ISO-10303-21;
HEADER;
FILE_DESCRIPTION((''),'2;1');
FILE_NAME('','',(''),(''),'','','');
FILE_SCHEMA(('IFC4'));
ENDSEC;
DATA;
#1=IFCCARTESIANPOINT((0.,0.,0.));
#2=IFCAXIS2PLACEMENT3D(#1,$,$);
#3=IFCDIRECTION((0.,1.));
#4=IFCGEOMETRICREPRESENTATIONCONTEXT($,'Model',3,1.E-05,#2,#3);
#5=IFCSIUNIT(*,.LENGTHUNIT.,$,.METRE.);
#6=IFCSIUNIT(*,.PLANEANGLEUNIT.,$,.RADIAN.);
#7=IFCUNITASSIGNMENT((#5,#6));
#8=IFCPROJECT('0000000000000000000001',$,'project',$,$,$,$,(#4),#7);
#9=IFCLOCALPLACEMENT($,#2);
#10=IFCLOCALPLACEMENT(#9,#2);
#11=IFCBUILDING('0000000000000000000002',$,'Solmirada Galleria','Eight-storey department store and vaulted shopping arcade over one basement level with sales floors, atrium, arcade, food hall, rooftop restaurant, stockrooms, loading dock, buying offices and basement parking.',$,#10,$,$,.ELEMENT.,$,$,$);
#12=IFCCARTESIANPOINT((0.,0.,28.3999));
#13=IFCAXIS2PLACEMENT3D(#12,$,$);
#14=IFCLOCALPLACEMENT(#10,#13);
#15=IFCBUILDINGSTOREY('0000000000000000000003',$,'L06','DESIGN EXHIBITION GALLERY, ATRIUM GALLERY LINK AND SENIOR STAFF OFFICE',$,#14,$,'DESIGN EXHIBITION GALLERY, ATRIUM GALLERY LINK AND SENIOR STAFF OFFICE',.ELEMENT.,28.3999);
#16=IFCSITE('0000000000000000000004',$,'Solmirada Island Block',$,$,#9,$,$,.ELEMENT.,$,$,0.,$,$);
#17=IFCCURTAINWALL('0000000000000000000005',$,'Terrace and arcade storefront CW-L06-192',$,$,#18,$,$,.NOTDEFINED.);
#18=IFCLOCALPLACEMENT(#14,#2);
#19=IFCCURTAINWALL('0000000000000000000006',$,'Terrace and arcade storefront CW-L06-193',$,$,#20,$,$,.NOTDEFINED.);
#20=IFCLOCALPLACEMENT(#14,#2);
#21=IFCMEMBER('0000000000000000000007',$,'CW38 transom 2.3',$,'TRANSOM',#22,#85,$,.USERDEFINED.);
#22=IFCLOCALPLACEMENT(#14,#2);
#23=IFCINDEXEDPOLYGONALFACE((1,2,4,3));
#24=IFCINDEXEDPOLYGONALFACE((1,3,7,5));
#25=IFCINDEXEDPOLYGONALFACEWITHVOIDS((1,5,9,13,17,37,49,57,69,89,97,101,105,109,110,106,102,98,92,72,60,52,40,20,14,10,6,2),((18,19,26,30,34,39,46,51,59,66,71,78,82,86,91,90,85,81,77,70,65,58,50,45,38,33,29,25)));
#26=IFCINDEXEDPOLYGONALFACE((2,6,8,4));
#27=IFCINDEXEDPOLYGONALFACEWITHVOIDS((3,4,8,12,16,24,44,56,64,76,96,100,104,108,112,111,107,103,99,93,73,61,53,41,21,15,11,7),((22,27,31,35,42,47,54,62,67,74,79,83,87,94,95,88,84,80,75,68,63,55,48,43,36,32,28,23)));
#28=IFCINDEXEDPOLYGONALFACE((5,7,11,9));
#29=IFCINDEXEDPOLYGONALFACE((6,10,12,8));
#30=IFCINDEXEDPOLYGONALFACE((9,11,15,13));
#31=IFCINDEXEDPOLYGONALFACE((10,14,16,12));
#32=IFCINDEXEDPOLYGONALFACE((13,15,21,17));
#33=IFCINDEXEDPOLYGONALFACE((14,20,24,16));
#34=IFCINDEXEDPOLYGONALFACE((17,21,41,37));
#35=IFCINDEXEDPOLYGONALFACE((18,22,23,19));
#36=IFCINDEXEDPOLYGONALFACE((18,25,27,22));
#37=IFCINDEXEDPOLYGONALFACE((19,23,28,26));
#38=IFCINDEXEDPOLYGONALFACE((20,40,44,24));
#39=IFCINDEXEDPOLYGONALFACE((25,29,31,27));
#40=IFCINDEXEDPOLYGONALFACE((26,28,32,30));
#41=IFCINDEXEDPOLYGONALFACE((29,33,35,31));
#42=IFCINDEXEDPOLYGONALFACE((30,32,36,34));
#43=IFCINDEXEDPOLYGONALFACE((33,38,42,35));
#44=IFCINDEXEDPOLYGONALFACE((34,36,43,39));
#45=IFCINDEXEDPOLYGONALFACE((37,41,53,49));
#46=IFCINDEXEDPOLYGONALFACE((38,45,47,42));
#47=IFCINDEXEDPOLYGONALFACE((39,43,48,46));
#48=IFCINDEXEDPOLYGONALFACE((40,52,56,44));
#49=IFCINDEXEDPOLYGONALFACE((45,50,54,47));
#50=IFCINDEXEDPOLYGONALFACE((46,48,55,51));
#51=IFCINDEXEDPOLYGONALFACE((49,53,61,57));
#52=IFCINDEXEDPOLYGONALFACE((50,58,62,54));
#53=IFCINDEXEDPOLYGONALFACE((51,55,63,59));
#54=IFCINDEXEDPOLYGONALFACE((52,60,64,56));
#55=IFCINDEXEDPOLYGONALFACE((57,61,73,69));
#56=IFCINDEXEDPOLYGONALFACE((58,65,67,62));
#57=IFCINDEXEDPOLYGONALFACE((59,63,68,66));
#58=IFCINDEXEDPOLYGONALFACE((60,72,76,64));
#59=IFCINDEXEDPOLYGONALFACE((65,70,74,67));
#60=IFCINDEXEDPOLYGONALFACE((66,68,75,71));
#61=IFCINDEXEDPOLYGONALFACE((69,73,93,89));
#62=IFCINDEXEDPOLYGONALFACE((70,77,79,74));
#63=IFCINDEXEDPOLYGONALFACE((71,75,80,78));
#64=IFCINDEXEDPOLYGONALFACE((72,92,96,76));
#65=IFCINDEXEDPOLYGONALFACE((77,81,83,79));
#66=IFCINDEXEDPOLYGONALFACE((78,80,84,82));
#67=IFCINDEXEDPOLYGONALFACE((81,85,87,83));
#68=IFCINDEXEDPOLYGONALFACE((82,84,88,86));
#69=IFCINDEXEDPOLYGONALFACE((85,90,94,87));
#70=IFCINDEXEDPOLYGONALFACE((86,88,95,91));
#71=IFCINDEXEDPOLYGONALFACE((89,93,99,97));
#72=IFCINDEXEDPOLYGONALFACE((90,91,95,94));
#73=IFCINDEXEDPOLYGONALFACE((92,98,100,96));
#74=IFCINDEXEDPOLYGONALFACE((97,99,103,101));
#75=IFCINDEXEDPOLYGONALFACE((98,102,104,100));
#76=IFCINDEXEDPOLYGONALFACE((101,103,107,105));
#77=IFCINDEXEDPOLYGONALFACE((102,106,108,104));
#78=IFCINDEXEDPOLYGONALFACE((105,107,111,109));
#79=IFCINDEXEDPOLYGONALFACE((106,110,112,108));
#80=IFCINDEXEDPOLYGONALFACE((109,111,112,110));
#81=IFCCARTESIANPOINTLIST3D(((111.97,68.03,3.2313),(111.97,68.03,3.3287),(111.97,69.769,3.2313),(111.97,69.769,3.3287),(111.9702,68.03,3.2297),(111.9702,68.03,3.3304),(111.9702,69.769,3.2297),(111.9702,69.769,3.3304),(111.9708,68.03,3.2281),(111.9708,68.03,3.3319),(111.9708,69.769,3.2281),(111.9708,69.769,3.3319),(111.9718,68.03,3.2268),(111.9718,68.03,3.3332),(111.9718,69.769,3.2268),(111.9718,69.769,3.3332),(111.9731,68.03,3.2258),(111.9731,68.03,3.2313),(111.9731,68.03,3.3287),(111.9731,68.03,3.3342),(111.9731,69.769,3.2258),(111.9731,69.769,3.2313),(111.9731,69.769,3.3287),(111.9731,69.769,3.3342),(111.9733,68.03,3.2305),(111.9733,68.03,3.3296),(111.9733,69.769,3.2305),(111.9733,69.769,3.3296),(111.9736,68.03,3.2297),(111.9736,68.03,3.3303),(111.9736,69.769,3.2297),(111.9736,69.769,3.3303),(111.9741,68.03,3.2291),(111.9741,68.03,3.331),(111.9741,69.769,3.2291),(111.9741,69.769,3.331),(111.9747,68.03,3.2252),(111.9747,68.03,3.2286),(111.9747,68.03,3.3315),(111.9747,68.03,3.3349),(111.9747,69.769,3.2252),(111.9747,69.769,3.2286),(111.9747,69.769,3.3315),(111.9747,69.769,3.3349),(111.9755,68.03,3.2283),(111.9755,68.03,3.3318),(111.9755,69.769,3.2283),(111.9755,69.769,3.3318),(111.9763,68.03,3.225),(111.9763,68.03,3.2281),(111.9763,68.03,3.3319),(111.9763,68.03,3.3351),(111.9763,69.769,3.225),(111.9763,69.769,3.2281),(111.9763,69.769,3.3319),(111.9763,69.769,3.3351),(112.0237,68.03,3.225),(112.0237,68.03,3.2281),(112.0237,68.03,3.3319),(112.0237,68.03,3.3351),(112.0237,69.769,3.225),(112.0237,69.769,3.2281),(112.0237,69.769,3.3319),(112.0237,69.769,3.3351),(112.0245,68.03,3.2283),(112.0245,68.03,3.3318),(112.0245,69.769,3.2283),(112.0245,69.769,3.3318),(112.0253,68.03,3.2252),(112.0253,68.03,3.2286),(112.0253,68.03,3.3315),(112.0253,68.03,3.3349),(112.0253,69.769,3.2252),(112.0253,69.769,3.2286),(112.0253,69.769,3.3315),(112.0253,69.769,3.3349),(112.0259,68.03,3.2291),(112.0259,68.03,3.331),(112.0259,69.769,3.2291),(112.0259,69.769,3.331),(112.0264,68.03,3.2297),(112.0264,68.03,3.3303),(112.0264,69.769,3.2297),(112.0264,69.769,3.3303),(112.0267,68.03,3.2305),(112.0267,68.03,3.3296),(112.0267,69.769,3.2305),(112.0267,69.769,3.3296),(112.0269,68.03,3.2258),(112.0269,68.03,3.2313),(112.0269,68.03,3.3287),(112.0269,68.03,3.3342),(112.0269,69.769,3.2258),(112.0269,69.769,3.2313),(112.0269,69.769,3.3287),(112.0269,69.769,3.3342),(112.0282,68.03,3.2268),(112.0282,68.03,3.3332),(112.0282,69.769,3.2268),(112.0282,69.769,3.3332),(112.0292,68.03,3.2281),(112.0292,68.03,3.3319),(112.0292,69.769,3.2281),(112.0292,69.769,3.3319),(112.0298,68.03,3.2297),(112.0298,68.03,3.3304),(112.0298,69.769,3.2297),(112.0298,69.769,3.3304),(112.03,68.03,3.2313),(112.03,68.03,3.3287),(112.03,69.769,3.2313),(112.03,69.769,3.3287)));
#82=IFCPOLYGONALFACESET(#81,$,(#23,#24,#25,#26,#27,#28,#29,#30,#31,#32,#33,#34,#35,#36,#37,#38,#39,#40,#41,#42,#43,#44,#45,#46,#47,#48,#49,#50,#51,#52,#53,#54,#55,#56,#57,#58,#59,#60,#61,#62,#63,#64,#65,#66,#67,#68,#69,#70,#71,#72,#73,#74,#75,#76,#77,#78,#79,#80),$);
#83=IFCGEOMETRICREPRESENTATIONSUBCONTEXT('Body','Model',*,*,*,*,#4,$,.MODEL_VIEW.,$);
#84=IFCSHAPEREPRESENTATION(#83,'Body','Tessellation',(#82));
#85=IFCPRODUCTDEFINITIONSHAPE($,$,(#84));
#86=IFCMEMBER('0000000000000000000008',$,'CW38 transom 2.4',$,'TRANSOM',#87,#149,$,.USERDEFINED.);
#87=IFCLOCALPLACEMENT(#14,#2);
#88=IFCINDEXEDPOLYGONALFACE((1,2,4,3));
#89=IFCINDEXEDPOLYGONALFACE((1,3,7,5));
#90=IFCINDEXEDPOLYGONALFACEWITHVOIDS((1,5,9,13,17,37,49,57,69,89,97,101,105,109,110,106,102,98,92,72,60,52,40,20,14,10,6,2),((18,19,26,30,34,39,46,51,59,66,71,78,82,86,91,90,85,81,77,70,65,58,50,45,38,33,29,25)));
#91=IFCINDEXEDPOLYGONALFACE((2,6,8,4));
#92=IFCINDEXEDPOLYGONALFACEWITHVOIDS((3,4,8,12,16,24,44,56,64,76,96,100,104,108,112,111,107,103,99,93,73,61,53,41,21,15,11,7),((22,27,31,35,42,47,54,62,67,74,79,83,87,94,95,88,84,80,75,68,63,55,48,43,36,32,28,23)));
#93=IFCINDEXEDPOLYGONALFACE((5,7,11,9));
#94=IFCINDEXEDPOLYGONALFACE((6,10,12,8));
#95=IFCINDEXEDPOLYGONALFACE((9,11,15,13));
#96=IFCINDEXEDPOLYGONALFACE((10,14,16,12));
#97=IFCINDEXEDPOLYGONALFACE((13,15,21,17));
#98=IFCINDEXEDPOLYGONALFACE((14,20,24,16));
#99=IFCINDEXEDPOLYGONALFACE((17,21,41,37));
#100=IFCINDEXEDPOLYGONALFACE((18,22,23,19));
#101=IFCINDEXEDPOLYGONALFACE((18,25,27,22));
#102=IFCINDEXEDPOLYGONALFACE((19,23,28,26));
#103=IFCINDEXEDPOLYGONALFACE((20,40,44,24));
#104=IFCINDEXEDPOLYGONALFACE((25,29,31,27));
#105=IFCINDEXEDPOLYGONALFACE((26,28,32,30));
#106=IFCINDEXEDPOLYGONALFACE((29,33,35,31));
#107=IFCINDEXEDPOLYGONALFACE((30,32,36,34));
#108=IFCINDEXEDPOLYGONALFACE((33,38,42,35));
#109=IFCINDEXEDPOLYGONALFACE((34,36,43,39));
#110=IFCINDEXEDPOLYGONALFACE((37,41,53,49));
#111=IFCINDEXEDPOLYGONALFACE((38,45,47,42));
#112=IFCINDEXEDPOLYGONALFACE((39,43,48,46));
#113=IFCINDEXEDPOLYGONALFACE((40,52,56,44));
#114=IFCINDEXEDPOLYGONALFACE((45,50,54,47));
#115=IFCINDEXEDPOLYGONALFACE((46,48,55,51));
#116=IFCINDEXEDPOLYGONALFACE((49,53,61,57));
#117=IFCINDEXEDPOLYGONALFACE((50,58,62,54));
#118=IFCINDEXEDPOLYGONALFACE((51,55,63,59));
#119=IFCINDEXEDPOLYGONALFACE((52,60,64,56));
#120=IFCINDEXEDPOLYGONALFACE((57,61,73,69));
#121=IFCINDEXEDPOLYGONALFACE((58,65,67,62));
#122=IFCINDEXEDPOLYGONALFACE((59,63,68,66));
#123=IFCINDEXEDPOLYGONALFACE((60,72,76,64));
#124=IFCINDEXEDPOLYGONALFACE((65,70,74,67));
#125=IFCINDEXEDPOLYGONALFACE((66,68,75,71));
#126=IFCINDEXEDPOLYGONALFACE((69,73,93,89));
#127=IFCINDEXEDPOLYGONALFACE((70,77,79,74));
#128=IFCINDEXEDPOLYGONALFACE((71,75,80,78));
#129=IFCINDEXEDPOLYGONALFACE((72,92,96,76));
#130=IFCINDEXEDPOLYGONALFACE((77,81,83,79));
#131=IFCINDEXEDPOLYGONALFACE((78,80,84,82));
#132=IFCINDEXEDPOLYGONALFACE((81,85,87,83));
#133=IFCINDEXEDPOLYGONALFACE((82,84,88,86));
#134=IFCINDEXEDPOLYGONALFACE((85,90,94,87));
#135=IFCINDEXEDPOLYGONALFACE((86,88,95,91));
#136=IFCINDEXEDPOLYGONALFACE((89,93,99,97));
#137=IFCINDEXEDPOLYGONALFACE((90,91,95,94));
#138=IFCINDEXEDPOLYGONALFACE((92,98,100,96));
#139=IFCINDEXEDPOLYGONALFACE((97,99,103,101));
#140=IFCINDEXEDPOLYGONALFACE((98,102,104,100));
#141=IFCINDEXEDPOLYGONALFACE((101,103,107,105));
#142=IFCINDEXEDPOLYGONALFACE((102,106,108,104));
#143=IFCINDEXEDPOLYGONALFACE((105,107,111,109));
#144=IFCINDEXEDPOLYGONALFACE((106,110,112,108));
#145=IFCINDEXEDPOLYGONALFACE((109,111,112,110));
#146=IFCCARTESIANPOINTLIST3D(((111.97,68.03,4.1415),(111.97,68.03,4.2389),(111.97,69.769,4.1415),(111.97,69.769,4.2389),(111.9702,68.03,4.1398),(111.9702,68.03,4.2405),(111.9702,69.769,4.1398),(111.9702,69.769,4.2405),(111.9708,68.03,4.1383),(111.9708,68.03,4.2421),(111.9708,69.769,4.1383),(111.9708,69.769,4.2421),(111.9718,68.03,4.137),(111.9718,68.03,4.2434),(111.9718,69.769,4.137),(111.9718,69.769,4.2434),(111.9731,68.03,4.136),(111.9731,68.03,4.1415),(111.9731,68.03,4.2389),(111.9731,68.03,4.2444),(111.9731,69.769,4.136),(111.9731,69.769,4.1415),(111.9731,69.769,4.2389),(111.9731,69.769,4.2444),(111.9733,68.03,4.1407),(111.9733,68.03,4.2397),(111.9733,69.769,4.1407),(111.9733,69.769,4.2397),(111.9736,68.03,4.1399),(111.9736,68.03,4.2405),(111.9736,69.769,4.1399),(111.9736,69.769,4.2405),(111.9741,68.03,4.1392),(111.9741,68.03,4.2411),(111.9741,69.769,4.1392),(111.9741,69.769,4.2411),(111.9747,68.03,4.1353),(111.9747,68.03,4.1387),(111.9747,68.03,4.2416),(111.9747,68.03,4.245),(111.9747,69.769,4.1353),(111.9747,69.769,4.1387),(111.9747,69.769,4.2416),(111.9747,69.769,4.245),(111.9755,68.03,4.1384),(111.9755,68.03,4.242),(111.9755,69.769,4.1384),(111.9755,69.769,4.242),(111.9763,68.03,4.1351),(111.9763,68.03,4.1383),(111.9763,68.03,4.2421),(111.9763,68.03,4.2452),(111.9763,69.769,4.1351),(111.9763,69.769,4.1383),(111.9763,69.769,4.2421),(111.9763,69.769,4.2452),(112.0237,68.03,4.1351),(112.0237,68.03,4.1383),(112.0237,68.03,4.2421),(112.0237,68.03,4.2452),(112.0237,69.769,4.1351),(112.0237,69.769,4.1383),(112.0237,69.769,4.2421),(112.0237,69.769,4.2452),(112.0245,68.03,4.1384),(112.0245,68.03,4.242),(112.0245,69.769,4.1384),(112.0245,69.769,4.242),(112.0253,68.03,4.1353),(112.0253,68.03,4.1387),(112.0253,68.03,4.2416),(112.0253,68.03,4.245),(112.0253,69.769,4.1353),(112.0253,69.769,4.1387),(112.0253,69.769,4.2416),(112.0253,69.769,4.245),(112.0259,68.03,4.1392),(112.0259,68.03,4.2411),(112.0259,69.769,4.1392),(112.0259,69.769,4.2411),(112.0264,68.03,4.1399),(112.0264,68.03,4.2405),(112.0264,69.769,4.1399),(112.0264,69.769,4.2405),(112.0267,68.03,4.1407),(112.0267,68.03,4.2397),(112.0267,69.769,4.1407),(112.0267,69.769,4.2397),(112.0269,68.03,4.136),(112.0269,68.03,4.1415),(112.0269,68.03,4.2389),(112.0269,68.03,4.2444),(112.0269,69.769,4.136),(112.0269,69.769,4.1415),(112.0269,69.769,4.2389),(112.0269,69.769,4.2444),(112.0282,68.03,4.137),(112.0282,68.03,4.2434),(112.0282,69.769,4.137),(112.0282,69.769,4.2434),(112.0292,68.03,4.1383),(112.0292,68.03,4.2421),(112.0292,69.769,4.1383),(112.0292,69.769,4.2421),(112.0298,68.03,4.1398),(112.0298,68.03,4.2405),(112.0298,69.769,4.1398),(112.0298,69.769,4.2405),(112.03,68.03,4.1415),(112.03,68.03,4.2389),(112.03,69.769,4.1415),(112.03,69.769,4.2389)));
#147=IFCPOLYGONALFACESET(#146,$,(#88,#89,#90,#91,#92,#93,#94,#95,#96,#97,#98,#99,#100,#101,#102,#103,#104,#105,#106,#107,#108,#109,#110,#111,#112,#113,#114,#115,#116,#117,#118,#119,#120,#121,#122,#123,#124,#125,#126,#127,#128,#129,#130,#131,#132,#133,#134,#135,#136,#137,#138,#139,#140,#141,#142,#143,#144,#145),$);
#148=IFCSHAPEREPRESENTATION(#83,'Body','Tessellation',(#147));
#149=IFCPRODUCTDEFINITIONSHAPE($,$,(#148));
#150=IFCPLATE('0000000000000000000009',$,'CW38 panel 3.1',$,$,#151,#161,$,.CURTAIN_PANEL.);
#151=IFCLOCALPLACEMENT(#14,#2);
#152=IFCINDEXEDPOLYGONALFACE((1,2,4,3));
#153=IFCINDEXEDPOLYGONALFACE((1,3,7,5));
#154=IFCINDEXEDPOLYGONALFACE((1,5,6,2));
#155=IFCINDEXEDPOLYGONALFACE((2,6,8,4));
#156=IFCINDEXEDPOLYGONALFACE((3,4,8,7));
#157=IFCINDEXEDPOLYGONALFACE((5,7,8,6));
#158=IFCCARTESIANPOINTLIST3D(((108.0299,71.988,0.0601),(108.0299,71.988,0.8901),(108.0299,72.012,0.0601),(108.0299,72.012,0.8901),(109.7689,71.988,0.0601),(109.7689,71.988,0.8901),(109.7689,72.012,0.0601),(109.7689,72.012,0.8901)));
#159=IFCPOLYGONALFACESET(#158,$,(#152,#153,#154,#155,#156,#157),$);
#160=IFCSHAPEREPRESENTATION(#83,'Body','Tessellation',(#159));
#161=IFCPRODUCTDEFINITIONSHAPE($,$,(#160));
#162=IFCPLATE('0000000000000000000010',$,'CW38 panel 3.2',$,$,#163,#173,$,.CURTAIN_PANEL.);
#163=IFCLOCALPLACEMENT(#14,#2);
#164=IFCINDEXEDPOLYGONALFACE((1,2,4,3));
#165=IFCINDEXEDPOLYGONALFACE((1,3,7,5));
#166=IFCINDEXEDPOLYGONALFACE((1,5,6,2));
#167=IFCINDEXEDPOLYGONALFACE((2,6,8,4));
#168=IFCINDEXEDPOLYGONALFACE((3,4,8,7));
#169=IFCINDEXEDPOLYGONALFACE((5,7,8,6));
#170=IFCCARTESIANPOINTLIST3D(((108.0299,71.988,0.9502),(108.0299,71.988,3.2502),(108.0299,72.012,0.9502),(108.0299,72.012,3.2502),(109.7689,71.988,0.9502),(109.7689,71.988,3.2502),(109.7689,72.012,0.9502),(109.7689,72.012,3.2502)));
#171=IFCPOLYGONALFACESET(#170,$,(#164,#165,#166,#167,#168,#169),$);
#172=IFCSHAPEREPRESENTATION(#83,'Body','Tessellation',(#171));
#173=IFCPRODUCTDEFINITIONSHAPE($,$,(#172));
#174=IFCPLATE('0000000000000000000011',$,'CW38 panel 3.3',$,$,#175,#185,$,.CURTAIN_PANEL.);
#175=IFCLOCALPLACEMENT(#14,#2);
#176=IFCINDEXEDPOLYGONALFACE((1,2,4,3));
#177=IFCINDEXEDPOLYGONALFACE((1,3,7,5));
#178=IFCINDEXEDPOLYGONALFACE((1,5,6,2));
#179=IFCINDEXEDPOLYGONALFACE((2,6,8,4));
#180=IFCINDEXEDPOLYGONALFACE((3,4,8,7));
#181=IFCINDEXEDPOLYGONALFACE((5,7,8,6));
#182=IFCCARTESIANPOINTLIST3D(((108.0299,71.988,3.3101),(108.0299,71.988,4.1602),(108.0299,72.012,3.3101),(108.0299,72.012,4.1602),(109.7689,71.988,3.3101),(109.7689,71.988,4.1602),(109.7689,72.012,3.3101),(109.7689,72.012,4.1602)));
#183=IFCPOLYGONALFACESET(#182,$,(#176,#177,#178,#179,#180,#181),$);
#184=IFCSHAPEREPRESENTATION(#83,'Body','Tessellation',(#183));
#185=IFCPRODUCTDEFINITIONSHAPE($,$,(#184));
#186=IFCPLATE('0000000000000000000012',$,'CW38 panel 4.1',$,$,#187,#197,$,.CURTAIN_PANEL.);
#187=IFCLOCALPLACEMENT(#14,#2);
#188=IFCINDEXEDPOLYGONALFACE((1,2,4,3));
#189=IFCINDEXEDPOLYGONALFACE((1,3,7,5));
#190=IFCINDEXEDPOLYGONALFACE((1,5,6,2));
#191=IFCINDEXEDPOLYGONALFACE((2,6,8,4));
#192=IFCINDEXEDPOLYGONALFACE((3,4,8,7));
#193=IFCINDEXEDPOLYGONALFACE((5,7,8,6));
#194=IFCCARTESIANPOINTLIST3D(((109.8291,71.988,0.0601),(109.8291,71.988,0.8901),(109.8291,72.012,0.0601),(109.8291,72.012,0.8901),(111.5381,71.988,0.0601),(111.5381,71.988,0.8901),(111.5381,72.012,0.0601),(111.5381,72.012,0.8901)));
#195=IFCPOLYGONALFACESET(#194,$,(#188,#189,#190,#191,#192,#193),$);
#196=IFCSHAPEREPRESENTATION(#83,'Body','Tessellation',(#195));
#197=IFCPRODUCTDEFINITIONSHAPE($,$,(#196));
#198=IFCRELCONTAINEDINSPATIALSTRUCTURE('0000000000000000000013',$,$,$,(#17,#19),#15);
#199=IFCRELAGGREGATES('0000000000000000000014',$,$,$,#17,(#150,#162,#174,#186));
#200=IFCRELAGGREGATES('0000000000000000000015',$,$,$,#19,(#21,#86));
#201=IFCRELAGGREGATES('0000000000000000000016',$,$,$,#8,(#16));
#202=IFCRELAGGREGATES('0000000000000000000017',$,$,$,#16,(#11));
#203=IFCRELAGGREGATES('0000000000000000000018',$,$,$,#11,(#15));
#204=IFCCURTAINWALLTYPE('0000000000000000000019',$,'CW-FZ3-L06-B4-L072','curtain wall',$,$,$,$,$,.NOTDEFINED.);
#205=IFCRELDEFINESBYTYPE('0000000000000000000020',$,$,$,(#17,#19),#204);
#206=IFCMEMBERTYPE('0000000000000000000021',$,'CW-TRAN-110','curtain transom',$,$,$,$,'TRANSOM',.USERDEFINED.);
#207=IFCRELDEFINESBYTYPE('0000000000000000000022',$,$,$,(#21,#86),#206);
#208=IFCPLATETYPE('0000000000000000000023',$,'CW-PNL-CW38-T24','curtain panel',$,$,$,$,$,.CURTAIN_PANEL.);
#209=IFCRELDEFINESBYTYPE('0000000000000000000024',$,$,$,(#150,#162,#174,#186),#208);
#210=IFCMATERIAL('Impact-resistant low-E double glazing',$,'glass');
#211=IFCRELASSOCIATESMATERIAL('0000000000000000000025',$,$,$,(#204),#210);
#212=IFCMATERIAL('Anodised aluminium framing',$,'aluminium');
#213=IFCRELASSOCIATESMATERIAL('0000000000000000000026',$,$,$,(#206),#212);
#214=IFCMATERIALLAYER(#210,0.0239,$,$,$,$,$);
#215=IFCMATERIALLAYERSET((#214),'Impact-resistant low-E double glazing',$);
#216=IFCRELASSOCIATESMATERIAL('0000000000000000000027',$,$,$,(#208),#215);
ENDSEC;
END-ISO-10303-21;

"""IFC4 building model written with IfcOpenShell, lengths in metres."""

from ifc_helpers import new_model, si_unit, direction, frame, origin, origin_2d, place, context, subcontext, project, spatial, rectangle, hollow_rectangle, extrude, material, layer, layer_set, material_profile, profile_set, type_object, element, aggregate, save


model = new_model("IFC4")

# Units and contexts
model_context = context("Model", 3, precision=1e-05, world=origin(), true_north=direction((0.0, 1.0)))
body_context = subcontext(model_context, "Body", "Model", "MODEL_VIEW")
ifc_project = project(units=[si_unit("LENGTHUNIT", "METRE"), si_unit("PLANEANGLEUNIT", "RADIAN")], contexts=[model_context])

# Site, building, storey
site_placement = place(None, origin())
site = spatial("IfcSite", under=ifc_project, at=site_placement, Name="Solmirada Island Block", CompositionType="ELEMENT", RefElevation=0.0)
building_placement = place(site_placement, origin())
building = spatial("IfcBuilding", under=site, at=building_placement, Name="Solmirada Galleria", Description="Eight-storey department store and vaulted shopping arcade over one basement level with sales floors, atrium, arcade, food hall, rooftop restaurant, stockrooms, loading dock, buying offices and basement parking.", CompositionType="ELEMENT")
storey_placement = place(building_placement, frame((0.0, 0.0, 28.3999)))
storey = spatial("IfcBuildingStorey", under=building, at=storey_placement, Name="L06", Description="DESIGN EXHIBITION GALLERY, ATRIUM GALLERY LINK AND SENIOR STAFF OFFICE", LongName="DESIGN EXHIBITION GALLERY, ATRIUM GALLERY LINK AND SENIOR STAFF OFFICE", CompositionType="ELEMENT", Elevation=28.3999)

# Curtain walls
ifc_material_1 = material(Name="Impact-resistant low-E double glazing", Category="glass")
curtain_wall_type = type_object("IfcCurtainWallType", Name="CW-FZ3-L06-B4-L072", Description="curtain wall", PredefinedType="NOTDEFINED", material=ifc_material_1)
curtain_wall_1_placement = place(storey_placement, origin())
curtain_wall_1 = element("IfcCurtainWall", 1, at=curtain_wall_1_placement, inside=storey, type_object=curtain_wall_type, Name="Terrace and arcade storefront CW-L06-192", PredefinedType="NOTDEFINED")
ifc_material_2 = material(Name="Anodised aluminium framing", Category="aluminium")
curtain_wall_2_placement = place(storey_placement, origin())
curtain_wall_2 = element("IfcCurtainWall", 2, at=curtain_wall_2_placement, inside=storey, type_object=curtain_wall_type, Name="Terrace and arcade storefront CW-L06-193", PredefinedType="NOTDEFINED")

# Members
ifc_material_profile_1 = material_profile(ifc_material_2, hollow_rectangle(XDim=0.0601, YDim=0.1101, WallThickness=0.0032, InnerFilletRadius=0.0032, OuterFilletRadius=0.0063, at=origin_2d()), Name="ALU-TRAN-110X60")
ifc_profile_set_1 = profile_set([ifc_material_profile_1], Name="Anodised aluminium framing")
member_type_1 = type_object("IfcMemberType", Name="CW-TRAN-110", Description="curtain transom", ElementType="TRANSOM", PredefinedType="USERDEFINED", material=ifc_profile_set_1)
member_1_placement = place(storey_placement, frame((112.0, 69.769, 3.28), z_axis=(0.0, -1.0, 0.0), x_axis=(1.0, 0.0, 0.0)))
member_1 = element("IfcMember", 3, at=member_1_placement, type_object=member_type_1, Name="CW38 transom 2.3", ObjectType="TRANSOM", PredefinedType="USERDEFINED", context=body_context, shape_type="SweptSolid", body=[
    extrude(hollow_rectangle(XDim=0.0601, YDim=0.1101, WallThickness=0.0032, InnerFilletRadius=0.0032, OuterFilletRadius=0.0063, at=origin_2d()), origin(), (0.0, 0.0, 1.0), 1.739),
])
member_2_placement = place(storey_placement, frame((112.0, 69.769, 4.1902), z_axis=(0.0, -1.0, 0.0), x_axis=(1.0, 0.0, 0.0)))
member_2 = element("IfcMember", 4, at=member_2_placement, type_object=member_type_1, Name="CW38 transom 2.4", ObjectType="TRANSOM", PredefinedType="USERDEFINED", context=body_context, shape_type="SweptSolid", body=[
    extrude(hollow_rectangle(XDim=0.0601, YDim=0.1101, WallThickness=0.0032, InnerFilletRadius=0.0032, OuterFilletRadius=0.0063, at=origin_2d()), origin(), (0.0, 0.0, 1.0), 1.739),
])

# Plates
ifc_layer_1 = layer(ifc_material_1, 0.0239)
ifc_layer_set_1 = layer_set([ifc_layer_1], Name="Impact-resistant low-E double glazing")
plate_type = type_object("IfcPlateType", Name="CW-PNL-CW38-T24", Description="curtain panel", PredefinedType="CURTAIN_PANEL", material=ifc_layer_set_1)
plate_1_placement = place(storey_placement, frame((108.8994, 72.0, 0.0601), z_axis=(0.0, 0.0, 1.0), x_axis=(1.0, 0.0, 0.0)))
plate_1 = element("IfcPlate", 5, at=plate_1_placement, type_object=plate_type, Name="CW38 panel 3.1", PredefinedType="CURTAIN_PANEL", context=body_context, shape_type="SweptSolid", body=[
    extrude(rectangle(XDim=1.739, YDim=0.0239, at=origin_2d()), origin(), (0.0, 0.0, 1.0), 0.8301),
])
plate_2_placement = place(storey_placement, frame((108.8994, 72.0, 0.9502), z_axis=(0.0, 0.0, 1.0), x_axis=(1.0, 0.0, 0.0)))
plate_2 = element("IfcPlate", 6, at=plate_2_placement, type_object=plate_type, Name="CW38 panel 3.2", PredefinedType="CURTAIN_PANEL", context=body_context, shape_type="SweptSolid", body=[
    extrude(rectangle(XDim=1.739, YDim=0.0239, at=origin_2d()), origin(), (0.0, 0.0, 1.0), 2.3),
])
plate_3_placement = place(storey_placement, frame((108.8994, 72.0, 3.3101), z_axis=(0.0, 0.0, 1.0), x_axis=(1.0, 0.0, 0.0)))
plate_3 = element("IfcPlate", 7, at=plate_3_placement, type_object=plate_type, Name="CW38 panel 3.3", PredefinedType="CURTAIN_PANEL", context=body_context, shape_type="SweptSolid", body=[
    extrude(rectangle(XDim=1.739, YDim=0.0239, at=origin_2d()), origin(), (0.0, 0.0, 1.0), 0.8501),
])
plate_4_placement = place(storey_placement, frame((110.6836, 72.0, 0.0601), z_axis=(0.0, 0.0, 1.0), x_axis=(1.0, 0.0, 0.0)))
plate_4 = element("IfcPlate", 8, at=plate_4_placement, type_object=plate_type, Name="CW38 panel 4.1", PredefinedType="CURTAIN_PANEL", context=body_context, shape_type="SweptSolid", body=[
    extrude(rectangle(XDim=1.709, YDim=0.0239, at=origin_2d()), origin(), (0.0, 0.0, 1.0), 0.8301),
])
aggregate(curtain_wall_1, [plate_1, plate_2, plate_3, plate_4])
aggregate(curtain_wall_2, [member_1, member_2])

save(model, "model.ifc")
